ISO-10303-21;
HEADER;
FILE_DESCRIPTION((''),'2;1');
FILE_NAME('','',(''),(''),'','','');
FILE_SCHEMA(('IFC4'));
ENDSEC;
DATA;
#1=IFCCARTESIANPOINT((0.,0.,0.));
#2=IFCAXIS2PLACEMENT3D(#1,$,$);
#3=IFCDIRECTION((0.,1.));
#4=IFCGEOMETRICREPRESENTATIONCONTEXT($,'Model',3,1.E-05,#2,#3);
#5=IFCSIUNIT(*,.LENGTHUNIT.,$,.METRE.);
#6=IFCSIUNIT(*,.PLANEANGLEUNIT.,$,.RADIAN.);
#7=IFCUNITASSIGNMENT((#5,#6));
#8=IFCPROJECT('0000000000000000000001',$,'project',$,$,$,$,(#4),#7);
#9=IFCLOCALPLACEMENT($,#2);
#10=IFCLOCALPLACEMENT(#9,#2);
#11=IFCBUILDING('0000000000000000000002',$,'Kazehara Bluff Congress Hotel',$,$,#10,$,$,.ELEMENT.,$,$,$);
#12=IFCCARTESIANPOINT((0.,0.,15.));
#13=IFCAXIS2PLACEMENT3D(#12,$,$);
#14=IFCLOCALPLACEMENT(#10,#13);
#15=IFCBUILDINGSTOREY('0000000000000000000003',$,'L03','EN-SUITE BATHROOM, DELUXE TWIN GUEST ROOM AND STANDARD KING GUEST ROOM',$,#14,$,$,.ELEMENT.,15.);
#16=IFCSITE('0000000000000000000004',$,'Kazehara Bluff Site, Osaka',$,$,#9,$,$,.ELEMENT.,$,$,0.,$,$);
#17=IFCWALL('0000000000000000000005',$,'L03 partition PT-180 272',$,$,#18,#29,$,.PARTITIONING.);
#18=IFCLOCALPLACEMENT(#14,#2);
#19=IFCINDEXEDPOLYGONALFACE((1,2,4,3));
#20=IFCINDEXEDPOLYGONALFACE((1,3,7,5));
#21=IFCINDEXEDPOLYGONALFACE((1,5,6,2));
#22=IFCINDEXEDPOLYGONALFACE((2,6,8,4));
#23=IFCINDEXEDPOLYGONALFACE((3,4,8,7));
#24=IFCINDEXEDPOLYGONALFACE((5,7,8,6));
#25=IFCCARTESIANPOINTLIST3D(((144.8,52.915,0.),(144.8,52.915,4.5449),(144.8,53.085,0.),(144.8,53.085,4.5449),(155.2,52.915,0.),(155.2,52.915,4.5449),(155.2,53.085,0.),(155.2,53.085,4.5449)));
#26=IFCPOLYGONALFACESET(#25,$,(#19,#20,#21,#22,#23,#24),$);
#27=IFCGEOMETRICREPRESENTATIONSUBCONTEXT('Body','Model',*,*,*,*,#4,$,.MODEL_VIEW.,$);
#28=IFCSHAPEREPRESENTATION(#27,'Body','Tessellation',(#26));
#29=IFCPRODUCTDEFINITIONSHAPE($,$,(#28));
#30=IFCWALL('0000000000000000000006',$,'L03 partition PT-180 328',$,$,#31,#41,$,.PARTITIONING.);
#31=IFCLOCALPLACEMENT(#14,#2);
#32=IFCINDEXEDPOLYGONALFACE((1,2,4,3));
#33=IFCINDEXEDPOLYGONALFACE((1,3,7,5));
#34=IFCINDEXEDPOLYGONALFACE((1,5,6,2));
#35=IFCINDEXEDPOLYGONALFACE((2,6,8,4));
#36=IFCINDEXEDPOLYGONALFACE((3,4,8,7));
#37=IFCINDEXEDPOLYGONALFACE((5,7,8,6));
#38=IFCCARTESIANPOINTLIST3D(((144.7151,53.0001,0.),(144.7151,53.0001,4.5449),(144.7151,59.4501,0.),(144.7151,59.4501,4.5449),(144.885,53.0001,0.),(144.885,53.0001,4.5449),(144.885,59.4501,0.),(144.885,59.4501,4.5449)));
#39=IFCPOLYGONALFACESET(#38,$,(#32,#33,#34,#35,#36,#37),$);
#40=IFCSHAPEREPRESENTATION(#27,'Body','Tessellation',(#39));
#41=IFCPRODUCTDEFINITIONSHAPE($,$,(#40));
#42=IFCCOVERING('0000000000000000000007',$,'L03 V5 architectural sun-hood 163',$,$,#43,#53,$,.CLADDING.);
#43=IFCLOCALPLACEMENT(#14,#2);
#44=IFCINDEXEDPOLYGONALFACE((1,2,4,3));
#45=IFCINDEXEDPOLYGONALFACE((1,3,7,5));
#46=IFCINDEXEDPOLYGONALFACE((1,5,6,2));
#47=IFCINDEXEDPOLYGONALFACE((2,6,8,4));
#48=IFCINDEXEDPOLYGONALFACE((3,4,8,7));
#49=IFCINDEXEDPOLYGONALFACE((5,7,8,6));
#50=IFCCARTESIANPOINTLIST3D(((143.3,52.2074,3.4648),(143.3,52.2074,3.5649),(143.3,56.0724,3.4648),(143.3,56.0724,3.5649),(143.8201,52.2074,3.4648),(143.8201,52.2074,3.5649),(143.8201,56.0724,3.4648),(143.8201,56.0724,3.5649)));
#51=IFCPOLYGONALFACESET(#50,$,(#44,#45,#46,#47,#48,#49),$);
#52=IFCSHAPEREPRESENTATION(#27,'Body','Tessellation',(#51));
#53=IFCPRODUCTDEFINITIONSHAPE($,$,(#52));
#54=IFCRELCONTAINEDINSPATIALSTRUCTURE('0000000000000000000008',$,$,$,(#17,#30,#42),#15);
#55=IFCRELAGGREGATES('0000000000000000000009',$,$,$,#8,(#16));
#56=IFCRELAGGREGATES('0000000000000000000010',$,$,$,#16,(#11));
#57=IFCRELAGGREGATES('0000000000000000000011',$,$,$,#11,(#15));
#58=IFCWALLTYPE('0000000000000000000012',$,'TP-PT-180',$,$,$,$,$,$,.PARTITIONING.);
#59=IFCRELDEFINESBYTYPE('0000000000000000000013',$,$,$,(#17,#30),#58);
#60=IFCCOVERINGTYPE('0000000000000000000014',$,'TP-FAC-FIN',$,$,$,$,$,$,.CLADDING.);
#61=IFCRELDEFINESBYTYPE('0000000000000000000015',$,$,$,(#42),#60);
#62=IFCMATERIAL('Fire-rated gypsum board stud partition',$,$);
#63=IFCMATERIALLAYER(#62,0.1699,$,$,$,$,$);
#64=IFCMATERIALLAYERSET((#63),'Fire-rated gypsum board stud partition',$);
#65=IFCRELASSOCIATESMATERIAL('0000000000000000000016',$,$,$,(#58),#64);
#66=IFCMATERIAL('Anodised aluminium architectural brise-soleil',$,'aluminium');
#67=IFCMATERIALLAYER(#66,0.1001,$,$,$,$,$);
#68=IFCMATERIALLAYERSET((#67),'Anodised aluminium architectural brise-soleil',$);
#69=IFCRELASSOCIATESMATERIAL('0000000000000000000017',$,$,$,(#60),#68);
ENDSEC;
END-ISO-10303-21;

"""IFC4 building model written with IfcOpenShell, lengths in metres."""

from ifc_helpers import new_model, si_unit, direction, frame, frame_2d, origin, origin_2d, place, context, subcontext, project, spatial, rectangle, extrude, material, layer, layer_set, type_object, element, save


model = new_model("IFC4")

# Units and contexts
model_context = context("Model", 3, precision=1e-05, world=origin(), true_north=direction((0.0, 1.0)))
body_context = subcontext(model_context, "Body", "Model", "MODEL_VIEW")
ifc_project = project(units=[si_unit("LENGTHUNIT", "METRE"), si_unit("PLANEANGLEUNIT", "RADIAN")], contexts=[model_context])

# Site, building, storey
site_placement = place(None, origin())
site = spatial("IfcSite", under=ifc_project, at=site_placement, Name="Kazehara Bluff Site, Osaka", CompositionType="ELEMENT", RefElevation=0.0)
building_placement = place(site_placement, origin())
building = spatial("IfcBuilding", under=site, at=building_placement, Name="Kazehara Bluff Congress Hotel", CompositionType="ELEMENT")
storey_placement = place(building_placement, frame((0.0, 0.0, 15.0)))
storey = spatial("IfcBuildingStorey", under=building, at=storey_placement, Name="L03", Description="EN-SUITE BATHROOM, DELUXE TWIN GUEST ROOM AND STANDARD KING GUEST ROOM", CompositionType="ELEMENT", Elevation=15.0)

# Walls
ifc_material_1 = material(Name="Fire-rated gypsum board stud partition")
ifc_layer_1 = layer(ifc_material_1, 0.1699)
ifc_layer_set_1 = layer_set([ifc_layer_1], Name="Fire-rated gypsum board stud partition")
wall_type_1 = type_object("IfcWallType", Name="TP-PT-180", PredefinedType="PARTITIONING", material=ifc_layer_set_1)
wall_1_placement = place(storey_placement, frame((144.8, 53.0, 0.0), z_axis=(0.0, 0.0, 1.0), x_axis=(1.0, 0.0, 0.0)))
element("IfcWall", 1, at=wall_1_placement, inside=storey, type_object=wall_type_1, Name="L03 partition PT-180 272", PredefinedType="PARTITIONING", context=body_context, shape_type="SweptSolid", body=[
    extrude(rectangle(XDim=10.3999, YDim=0.1699, at=frame_2d((5.2, 0.0))), origin(), (0.0, 0.0, 1.0), 4.5449),
])
wall_2_placement = place(storey_placement, frame((144.8, 53.0, 0.0), z_axis=(0.0, 0.0, 1.0), x_axis=(0.0, 1.0, 0.0)))
element("IfcWall", 2, at=wall_2_placement, inside=storey, type_object=wall_type_1, Name="L03 partition PT-180 328", PredefinedType="PARTITIONING", context=body_context, shape_type="SweptSolid", body=[
    extrude(rectangle(XDim=6.45, YDim=0.1699, at=frame_2d((3.2251, 0.0))), origin(), (0.0, 0.0, 1.0), 4.5449),
])

# Covering
ifc_material_2 = material(Name="Anodised aluminium architectural brise-soleil", Category="aluminium")
ifc_layer_2 = layer(ifc_material_2, 0.1001)
ifc_layer_set_2 = layer_set([ifc_layer_2], Name="Anodised aluminium architectural brise-soleil")
covering_type = type_object("IfcCoveringType", Name="TP-FAC-FIN", PredefinedType="CLADDING", material=ifc_layer_set_2)
covering_placement = place(storey_placement, frame((143.5601, 54.1399, 3.4648), z_axis=(0.0, 0.0, 1.0), x_axis=(1.0, 0.0, 0.0)))
element("IfcCovering", 3, at=covering_placement, inside=storey, type_object=covering_type, Name="L03 V5 architectural sun-hood 163", PredefinedType="CLADDING", context=body_context, shape_type="SweptSolid", body=[
    extrude(rectangle(XDim=0.52, YDim=3.865, at=origin_2d()), origin(), (0.0, 0.0, 1.0), 0.1001),
])

save(model, "model.ifc")
